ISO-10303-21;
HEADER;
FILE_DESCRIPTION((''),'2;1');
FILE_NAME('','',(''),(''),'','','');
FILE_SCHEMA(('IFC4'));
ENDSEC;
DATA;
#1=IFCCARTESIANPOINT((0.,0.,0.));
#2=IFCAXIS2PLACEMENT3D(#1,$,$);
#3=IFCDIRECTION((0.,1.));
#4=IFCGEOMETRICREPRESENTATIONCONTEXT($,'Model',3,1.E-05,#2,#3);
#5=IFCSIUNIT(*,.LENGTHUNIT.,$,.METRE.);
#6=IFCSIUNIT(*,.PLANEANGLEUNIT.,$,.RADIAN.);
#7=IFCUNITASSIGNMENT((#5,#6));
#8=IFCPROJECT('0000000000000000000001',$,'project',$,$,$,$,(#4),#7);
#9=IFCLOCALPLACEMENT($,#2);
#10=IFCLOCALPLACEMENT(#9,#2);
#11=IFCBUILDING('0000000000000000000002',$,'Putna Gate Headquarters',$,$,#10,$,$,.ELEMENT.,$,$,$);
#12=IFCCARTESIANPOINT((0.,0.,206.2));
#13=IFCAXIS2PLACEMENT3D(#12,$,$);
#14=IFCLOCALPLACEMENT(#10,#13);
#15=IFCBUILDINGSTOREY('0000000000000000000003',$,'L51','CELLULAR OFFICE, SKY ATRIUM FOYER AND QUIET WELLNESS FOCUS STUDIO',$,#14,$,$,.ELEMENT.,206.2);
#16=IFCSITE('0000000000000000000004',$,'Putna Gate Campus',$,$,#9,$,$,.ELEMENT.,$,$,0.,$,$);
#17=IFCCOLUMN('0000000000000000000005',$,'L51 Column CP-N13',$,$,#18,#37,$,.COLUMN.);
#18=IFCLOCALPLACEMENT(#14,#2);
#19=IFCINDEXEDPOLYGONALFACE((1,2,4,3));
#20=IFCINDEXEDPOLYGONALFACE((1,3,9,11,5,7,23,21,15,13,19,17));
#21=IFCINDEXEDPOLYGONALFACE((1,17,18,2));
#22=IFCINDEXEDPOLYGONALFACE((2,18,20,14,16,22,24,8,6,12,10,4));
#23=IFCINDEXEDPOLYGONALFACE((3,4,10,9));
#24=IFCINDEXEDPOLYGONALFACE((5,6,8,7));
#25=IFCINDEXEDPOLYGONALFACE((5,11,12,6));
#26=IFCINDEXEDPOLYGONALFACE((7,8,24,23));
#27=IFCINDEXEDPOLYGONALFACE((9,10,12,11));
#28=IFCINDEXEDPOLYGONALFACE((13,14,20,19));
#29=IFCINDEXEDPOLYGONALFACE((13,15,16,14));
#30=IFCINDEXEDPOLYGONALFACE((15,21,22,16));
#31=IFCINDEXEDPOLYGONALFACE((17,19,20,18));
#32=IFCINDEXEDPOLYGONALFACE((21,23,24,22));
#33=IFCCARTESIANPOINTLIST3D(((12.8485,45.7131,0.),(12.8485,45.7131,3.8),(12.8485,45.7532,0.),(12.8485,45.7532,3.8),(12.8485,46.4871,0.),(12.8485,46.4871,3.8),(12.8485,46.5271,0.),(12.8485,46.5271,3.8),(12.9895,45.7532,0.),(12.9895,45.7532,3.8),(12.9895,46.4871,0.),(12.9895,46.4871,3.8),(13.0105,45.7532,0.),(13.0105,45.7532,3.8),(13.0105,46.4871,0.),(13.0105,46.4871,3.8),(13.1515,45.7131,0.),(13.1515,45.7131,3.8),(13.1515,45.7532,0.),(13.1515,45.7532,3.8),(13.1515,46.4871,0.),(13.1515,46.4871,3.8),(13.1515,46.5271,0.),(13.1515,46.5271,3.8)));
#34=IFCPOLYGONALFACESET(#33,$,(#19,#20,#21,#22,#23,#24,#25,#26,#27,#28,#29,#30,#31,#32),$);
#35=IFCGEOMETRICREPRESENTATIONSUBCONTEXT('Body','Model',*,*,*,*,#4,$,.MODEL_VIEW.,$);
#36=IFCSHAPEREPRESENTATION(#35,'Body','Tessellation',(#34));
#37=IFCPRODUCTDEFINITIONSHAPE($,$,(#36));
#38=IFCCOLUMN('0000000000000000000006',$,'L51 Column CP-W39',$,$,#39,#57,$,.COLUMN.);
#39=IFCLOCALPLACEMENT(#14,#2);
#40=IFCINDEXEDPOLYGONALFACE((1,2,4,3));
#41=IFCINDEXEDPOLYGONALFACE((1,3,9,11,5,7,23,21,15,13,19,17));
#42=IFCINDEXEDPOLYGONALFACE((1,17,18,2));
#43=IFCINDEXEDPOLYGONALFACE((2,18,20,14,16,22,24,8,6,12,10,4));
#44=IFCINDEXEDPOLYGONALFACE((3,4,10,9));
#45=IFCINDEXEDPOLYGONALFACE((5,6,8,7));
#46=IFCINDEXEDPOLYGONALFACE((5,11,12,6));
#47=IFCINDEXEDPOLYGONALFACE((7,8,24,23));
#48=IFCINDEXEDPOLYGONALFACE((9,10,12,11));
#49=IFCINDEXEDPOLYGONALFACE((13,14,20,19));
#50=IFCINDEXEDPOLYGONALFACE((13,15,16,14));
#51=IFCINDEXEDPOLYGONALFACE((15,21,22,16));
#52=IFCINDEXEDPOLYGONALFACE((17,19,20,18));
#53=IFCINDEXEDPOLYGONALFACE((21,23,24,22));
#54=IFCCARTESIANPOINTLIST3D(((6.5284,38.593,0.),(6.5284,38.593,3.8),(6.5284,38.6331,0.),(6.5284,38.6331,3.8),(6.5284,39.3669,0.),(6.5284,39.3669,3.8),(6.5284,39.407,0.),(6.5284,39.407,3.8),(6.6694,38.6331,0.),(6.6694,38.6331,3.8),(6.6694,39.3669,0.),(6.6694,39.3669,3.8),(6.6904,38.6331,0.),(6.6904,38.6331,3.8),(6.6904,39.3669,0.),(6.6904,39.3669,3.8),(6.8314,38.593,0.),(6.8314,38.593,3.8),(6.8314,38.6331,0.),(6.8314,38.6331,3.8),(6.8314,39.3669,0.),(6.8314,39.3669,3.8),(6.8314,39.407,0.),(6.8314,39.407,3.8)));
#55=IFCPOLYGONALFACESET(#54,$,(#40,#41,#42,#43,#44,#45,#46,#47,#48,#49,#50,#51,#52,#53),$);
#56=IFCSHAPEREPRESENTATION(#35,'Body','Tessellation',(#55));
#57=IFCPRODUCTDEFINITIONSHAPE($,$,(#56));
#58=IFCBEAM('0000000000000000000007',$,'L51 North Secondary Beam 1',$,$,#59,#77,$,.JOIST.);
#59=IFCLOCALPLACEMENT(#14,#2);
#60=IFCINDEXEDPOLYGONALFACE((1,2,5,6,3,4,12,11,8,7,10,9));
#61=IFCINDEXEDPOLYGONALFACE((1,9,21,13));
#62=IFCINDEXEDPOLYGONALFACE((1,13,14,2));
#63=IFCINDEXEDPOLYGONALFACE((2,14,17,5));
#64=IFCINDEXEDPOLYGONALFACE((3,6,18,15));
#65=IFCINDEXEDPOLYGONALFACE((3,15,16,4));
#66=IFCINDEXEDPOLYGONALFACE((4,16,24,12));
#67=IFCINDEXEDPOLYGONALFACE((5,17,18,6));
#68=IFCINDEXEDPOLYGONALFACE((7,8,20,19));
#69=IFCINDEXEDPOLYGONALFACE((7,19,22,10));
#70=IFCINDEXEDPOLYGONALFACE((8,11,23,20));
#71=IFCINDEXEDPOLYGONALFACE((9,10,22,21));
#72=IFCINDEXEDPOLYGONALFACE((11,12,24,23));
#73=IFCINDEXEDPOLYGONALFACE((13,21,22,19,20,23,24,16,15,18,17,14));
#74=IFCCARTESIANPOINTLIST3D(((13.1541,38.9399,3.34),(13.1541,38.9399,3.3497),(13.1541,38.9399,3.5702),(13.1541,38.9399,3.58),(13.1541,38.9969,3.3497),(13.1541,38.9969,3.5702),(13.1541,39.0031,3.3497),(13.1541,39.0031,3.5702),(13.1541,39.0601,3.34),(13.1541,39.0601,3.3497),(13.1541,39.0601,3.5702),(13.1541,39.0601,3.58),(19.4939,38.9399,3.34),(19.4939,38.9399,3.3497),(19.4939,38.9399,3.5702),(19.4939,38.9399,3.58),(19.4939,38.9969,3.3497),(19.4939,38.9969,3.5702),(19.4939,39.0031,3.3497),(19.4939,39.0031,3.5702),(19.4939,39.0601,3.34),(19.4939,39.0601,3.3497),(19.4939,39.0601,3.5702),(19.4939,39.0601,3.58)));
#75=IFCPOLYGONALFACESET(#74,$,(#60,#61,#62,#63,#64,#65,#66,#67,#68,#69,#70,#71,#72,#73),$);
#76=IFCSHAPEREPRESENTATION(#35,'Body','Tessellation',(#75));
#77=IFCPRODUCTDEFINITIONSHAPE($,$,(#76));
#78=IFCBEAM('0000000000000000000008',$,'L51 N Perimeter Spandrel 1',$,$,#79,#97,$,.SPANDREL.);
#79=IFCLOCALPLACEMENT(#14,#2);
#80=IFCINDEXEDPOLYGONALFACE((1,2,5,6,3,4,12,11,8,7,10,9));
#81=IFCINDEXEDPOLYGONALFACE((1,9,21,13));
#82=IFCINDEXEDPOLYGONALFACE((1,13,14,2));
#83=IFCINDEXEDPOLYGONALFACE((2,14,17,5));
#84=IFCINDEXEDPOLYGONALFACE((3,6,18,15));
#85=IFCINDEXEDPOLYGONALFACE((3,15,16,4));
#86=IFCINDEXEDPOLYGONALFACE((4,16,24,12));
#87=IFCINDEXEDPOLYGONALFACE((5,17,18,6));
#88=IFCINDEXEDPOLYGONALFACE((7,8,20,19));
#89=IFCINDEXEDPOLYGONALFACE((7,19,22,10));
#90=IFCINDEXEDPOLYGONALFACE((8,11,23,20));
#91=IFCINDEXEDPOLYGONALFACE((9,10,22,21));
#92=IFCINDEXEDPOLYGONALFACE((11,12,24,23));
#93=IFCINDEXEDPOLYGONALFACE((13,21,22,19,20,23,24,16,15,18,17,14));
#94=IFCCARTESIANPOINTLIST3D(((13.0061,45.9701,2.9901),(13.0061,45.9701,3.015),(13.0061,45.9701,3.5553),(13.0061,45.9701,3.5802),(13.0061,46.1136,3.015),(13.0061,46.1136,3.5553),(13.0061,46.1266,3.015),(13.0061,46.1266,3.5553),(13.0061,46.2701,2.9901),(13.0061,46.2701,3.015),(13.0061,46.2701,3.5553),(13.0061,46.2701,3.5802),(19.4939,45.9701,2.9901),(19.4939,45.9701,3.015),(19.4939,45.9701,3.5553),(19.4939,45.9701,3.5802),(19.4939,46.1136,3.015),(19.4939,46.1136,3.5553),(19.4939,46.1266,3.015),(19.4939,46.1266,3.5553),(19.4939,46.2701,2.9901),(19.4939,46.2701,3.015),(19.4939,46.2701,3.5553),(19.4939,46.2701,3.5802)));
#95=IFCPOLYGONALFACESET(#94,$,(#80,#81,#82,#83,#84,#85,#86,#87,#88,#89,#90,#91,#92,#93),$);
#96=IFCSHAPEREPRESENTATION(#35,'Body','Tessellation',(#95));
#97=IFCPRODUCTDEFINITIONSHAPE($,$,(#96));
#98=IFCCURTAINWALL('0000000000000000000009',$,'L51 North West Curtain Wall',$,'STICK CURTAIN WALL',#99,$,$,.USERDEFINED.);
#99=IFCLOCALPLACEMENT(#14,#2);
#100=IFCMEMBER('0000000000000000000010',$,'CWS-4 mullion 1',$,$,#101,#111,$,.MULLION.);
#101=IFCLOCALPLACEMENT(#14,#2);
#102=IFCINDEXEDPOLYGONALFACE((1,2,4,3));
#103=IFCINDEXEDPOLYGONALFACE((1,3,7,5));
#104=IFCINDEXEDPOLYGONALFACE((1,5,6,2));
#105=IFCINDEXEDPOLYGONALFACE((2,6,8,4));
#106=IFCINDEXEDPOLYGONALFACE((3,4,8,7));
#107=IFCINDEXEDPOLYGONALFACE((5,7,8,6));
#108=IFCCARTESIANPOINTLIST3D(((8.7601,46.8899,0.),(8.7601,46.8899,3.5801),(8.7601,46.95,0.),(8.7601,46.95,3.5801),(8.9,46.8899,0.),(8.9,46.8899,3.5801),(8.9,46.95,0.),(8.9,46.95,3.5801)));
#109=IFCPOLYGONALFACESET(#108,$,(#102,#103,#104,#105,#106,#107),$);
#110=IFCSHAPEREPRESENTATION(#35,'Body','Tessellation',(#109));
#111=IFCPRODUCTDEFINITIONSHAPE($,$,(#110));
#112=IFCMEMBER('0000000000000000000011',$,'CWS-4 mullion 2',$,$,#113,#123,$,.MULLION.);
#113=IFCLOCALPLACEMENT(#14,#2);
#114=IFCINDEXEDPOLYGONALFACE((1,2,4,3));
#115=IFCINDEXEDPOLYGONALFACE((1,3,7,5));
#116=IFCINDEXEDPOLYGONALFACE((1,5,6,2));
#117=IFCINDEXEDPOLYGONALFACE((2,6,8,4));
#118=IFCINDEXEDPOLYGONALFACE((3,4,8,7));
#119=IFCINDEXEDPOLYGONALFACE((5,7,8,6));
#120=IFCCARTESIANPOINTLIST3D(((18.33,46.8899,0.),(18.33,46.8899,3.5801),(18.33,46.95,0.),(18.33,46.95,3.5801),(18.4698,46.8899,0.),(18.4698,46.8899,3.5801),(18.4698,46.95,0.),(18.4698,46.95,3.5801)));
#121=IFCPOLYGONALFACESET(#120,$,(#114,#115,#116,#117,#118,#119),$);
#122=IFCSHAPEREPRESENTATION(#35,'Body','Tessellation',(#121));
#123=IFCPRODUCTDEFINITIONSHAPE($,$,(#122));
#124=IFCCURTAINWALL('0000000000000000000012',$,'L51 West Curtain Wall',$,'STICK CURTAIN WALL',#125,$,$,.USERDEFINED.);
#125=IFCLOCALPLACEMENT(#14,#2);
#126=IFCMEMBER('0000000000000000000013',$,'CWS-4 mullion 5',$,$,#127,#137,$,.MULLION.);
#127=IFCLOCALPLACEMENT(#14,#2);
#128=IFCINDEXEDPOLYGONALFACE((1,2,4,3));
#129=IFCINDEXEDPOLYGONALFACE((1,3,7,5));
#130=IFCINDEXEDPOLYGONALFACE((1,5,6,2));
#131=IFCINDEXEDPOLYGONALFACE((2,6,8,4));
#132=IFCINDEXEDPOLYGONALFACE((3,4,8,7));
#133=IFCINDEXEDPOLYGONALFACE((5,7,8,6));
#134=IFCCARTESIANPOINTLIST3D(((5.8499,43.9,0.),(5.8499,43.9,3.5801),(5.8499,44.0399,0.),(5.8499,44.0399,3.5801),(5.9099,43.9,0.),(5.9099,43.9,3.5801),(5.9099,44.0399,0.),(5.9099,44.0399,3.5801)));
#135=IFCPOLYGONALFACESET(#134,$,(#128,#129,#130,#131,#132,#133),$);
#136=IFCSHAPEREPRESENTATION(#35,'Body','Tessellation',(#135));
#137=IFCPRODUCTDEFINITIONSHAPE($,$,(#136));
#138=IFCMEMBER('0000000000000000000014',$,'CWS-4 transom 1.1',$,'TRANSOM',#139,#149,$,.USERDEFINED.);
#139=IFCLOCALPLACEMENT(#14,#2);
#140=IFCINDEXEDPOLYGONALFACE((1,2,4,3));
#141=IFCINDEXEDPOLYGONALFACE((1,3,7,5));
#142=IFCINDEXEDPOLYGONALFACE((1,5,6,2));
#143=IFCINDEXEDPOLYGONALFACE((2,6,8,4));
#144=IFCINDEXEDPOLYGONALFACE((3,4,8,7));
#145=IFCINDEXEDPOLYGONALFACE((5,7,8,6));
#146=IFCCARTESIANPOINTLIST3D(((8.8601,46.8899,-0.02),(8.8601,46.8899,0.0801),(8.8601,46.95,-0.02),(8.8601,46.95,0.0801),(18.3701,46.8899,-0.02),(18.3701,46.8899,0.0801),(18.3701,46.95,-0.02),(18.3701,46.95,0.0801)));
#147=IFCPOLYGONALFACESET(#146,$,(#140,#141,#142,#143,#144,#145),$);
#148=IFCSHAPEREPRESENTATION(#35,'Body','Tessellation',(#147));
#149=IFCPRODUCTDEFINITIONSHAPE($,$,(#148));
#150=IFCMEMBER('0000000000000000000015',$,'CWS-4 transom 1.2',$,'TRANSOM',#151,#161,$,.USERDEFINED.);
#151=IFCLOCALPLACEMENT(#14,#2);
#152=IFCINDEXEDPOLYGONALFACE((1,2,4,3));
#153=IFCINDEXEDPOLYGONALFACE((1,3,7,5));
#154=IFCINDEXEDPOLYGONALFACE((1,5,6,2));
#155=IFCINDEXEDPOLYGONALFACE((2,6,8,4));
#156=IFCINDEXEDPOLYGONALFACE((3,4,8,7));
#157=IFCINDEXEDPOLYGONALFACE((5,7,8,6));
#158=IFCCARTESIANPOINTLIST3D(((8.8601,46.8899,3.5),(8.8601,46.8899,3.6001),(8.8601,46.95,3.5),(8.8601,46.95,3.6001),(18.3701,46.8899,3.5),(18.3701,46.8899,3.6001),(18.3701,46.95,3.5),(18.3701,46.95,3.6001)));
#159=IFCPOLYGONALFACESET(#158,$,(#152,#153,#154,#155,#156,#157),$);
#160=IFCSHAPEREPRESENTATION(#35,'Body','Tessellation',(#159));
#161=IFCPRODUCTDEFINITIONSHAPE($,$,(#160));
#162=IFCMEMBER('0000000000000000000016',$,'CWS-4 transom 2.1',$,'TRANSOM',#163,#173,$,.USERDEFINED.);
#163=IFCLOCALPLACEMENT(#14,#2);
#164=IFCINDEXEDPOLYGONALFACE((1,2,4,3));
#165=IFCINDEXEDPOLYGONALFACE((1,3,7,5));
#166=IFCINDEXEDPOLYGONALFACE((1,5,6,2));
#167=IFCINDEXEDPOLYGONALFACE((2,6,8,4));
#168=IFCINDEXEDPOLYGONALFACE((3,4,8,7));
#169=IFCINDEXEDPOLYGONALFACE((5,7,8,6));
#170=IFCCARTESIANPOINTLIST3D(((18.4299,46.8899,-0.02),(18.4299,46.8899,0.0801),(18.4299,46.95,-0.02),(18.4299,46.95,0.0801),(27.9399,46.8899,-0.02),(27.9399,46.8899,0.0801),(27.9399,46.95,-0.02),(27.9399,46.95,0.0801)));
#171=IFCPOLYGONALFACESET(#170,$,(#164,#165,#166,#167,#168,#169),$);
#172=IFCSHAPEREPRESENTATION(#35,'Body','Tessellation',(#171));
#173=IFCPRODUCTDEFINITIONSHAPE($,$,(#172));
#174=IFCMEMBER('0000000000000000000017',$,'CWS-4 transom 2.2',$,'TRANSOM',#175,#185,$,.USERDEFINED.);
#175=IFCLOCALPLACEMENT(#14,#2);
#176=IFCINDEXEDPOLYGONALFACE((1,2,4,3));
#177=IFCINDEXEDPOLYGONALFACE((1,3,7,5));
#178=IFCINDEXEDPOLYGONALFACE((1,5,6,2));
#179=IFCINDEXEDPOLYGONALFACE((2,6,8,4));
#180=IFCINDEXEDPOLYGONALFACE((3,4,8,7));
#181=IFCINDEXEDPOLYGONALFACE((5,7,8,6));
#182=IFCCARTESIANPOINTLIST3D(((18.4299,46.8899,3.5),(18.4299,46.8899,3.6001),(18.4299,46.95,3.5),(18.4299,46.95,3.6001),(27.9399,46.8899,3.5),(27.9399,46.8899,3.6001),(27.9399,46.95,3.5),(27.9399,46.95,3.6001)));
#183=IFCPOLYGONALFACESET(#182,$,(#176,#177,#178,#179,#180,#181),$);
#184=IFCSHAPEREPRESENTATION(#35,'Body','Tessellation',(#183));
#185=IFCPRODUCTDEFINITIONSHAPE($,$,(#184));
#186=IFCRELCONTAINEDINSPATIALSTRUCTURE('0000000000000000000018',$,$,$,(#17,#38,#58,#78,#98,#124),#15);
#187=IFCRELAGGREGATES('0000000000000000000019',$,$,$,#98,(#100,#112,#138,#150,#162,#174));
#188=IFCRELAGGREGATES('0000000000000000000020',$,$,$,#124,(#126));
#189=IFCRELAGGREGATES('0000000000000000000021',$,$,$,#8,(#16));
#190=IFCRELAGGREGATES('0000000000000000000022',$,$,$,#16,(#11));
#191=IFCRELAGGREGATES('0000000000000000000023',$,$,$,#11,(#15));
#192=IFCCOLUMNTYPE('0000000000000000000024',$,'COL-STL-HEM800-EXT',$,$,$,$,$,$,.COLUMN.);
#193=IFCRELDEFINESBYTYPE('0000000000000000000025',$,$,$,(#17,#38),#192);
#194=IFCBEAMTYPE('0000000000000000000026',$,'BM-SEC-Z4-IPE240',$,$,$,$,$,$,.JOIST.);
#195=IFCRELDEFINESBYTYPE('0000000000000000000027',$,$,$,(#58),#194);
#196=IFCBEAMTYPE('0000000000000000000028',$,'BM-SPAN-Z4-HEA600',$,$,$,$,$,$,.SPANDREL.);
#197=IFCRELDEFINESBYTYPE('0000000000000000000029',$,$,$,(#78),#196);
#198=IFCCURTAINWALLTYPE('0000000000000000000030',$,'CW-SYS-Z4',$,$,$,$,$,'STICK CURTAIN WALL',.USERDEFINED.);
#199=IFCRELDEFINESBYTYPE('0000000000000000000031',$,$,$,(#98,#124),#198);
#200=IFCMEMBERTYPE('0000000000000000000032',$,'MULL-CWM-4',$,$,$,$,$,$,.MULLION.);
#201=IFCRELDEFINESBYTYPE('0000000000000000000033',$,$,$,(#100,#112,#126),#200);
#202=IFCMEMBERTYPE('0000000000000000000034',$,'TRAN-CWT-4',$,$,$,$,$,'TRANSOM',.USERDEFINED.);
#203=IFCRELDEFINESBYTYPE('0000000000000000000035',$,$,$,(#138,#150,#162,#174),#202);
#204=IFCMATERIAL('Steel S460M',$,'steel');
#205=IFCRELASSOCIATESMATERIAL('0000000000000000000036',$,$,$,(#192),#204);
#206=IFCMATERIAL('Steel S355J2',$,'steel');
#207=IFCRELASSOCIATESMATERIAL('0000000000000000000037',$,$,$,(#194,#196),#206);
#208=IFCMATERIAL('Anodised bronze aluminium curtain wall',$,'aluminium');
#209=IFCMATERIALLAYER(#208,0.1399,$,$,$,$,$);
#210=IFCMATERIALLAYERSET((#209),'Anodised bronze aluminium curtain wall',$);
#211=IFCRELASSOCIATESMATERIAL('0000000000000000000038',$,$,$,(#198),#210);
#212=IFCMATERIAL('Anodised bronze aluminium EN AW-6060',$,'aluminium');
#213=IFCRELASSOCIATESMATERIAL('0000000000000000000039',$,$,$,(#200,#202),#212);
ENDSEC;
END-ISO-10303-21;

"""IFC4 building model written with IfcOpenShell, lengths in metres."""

from ifc_helpers import new_model, si_unit, direction, frame, origin, origin_2d, place, context, subcontext, project, spatial, rectangle, i_section, extrude, material, layer, layer_set, material_profile, profile_set, type_object, element, aggregate, save


model = new_model("IFC4")

# Units and contexts
model_context = context("Model", 3, precision=1e-05, world=origin(), true_north=direction((0.0, 1.0)))
body_context = subcontext(model_context, "Body", "Model", "MODEL_VIEW")
ifc_project = project(units=[si_unit("LENGTHUNIT", "METRE"), si_unit("PLANEANGLEUNIT", "RADIAN")], contexts=[model_context])

# Site, building, storey
site_placement = place(None, origin())
site = spatial("IfcSite", under=ifc_project, at=site_placement, Name="Putna Gate Campus", CompositionType="ELEMENT", RefElevation=0.0)
building_placement = place(site_placement, origin())
building = spatial("IfcBuilding", under=site, at=building_placement, Name="Putna Gate Headquarters", CompositionType="ELEMENT")
storey_placement = place(building_placement, frame((0.0, 0.0, 206.2)))
storey = spatial("IfcBuildingStorey", under=building, at=storey_placement, Name="L51", Description="CELLULAR OFFICE, SKY ATRIUM FOYER AND QUIET WELLNESS FOCUS STUDIO", CompositionType="ELEMENT", Elevation=206.2)

# Columns
ifc_material_1 = material(Name="Steel S460M", Category="steel")
ifc_material_profile_1 = material_profile(ifc_material_1, i_section(OverallWidth=0.303, OverallDepth=0.814, WebThickness=0.021, FlangeThickness=0.04, at=origin_2d()), Name="Steel S460M")
ifc_profile_set_1 = profile_set([ifc_material_profile_1], Name="Steel S460M")
column_type = type_object("IfcColumnType", Name="COL-STL-HEM800-EXT", PredefinedType="COLUMN", material=ifc_profile_set_1)
for number, where, z_axis, x_axis, name in (
    (1, (13.0, 46.1201, 0.0), (0.0, 0.0, 1.0), (1.0, 0.0, 0.0), "L51 Column CP-N13"),
    (2, (6.6799, 39.0, 0.0), (0.0, 0.0, 1.0), (1.0, 0.0, 0.0), "L51 Column CP-W39"),
):
    element("IfcColumn", number, at=place(storey_placement, frame(where, z_axis=z_axis, x_axis=x_axis)), inside=storey, type_object=column_type, Name=name, PredefinedType="COLUMN", context=body_context, shape_type="SweptSolid", body=[
        extrude(i_section(OverallWidth=0.303, OverallDepth=0.814, WebThickness=0.021, FlangeThickness=0.04, at=origin_2d()), origin(), (0.0, 0.0, 1.0), 3.8),
    ])

# Beams
ifc_material_2 = material(Name="Steel S355J2", Category="steel")
ifc_material_profile_2 = material_profile(ifc_material_2, i_section(OverallWidth=0.1201, OverallDepth=0.24, WebThickness=0.0061, FlangeThickness=0.0098, at=origin_2d()), Name="Steel S355J2")
ifc_profile_set_2 = profile_set([ifc_material_profile_2], Name="Steel S355J2")
beam_type_1 = type_object("IfcBeamType", Name="BM-SEC-Z4-IPE240", PredefinedType="JOIST", material=ifc_profile_set_2)
beam_1_placement = place(storey_placement, frame((13.1541, 39.0, 3.46), z_axis=(1.0, 0.0, 0.0), x_axis=(0.0, 1.0, 0.0)))
element("IfcBeam", 3, at=beam_1_placement, inside=storey, type_object=beam_type_1, Name="L51 North Secondary Beam 1", PredefinedType="JOIST", context=body_context, shape_type="SweptSolid", body=[
    extrude(i_section(OverallWidth=0.1201, OverallDepth=0.24, WebThickness=0.0061, FlangeThickness=0.0098, at=origin_2d()), origin(), (0.0, 0.0, 1.0), 6.3398),
])
ifc_material_profile_3 = material_profile(ifc_material_2, i_section(OverallWidth=0.3, OverallDepth=0.5901, WebThickness=0.0129, FlangeThickness=0.0249, at=origin_2d()), Name="Steel S355J2")
ifc_profile_set_3 = profile_set([ifc_material_profile_3], Name="Steel S355J2")
beam_type_2 = type_object("IfcBeamType", Name="BM-SPAN-Z4-HEA600", PredefinedType="SPANDREL", material=ifc_profile_set_3)
beam_2_placement = place(storey_placement, frame((13.0061, 46.1201, 3.2852), z_axis=(1.0, 0.0, 0.0), x_axis=(0.0, 1.0, 0.0)))
element("IfcBeam", 4, at=beam_2_placement, inside=storey, type_object=beam_type_2, Name="L51 N Perimeter Spandrel 1", PredefinedType="SPANDREL", context=body_context, shape_type="SweptSolid", body=[
    extrude(i_section(OverallWidth=0.3, OverallDepth=0.5901, WebThickness=0.0129, FlangeThickness=0.0249, at=origin_2d()), origin(), (0.0, 0.0, 1.0), 6.4878),
])

# Curtain wall, members
ifc_material_3 = material(Name="Anodised bronze aluminium curtain wall", Category="aluminium")
ifc_layer_1 = layer(ifc_material_3, 0.1399)
ifc_layer_set_1 = layer_set([ifc_layer_1], Name="Anodised bronze aluminium curtain wall")
curtain_wall_type = type_object("IfcCurtainWallType", Name="CW-SYS-Z4", ElementType="STICK CURTAIN WALL", PredefinedType="USERDEFINED", material=ifc_layer_set_1)
curtain_wall_1_placement = place(storey_placement, origin())
curtain_wall_1 = element("IfcCurtainWall", 5, at=curtain_wall_1_placement, inside=storey, type_object=curtain_wall_type, Name="L51 North West Curtain Wall", ObjectType="STICK CURTAIN WALL", PredefinedType="USERDEFINED")
ifc_material_4 = material(Name="Anodised bronze aluminium EN AW-6060", Category="aluminium")
ifc_material_profile_4 = material_profile(ifc_material_4, rectangle(XDim=0.0601, YDim=0.1399, at=origin_2d()), Name="Anodised bronze aluminium EN AW-6060")
ifc_profile_set_4 = profile_set([ifc_material_profile_4], Name="Anodised bronze aluminium EN AW-6060")
member_type_1 = type_object("IfcMemberType", Name="MULL-CWM-4", PredefinedType="MULLION", material=ifc_profile_set_4)
member_1_placement = place(storey_placement, frame((8.8301, 46.9199, 0.0), z_axis=(0.0, 0.0, 1.0), x_axis=(0.0, 1.0, 0.0)))
member_1 = element("IfcMember", 6, at=member_1_placement, type_object=member_type_1, Name="CWS-4 mullion 1", PredefinedType="MULLION", context=body_context, shape_type="SweptSolid", body=[
    extrude(rectangle(XDim=0.0601, YDim=0.1399, at=origin_2d()), origin(), (0.0, 0.0, 1.0), 3.5801),
])
member_2_placement = place(storey_placement, frame((18.3999, 46.9199, 0.0), z_axis=(0.0, 0.0, 1.0), x_axis=(0.0, 1.0, 0.0)))
member_2 = element("IfcMember", 7, at=member_2_placement, type_object=member_type_1, Name="CWS-4 mullion 2", PredefinedType="MULLION", context=body_context, shape_type="SweptSolid", body=[
    extrude(rectangle(XDim=0.0601, YDim=0.1399, at=origin_2d()), origin(), (0.0, 0.0, 1.0), 3.5801),
])

# Curtain wall, member
curtain_wall_2_placement = place(storey_placement, origin())
curtain_wall_2 = element("IfcCurtainWall", 8, at=curtain_wall_2_placement, inside=storey, type_object=curtain_wall_type, Name="L51 West Curtain Wall", ObjectType="STICK CURTAIN WALL", PredefinedType="USERDEFINED")
member_3_placement = place(storey_placement, frame((5.8799, 43.97, 0.0), z_axis=(0.0, 0.0, 1.0), x_axis=(-1.0, 0.0, 0.0)))
member_3 = element("IfcMember", 9, at=member_3_placement, type_object=member_type_1, Name="CWS-4 mullion 5", PredefinedType="MULLION", context=body_context, shape_type="SweptSolid", body=[
    extrude(rectangle(XDim=0.0601, YDim=0.1399, at=origin_2d()), origin(), (0.0, 0.0, 1.0), 3.5801),
])

# Members
ifc_material_profile_5 = material_profile(ifc_material_4, rectangle(XDim=0.0601, YDim=0.1001, at=origin_2d()), Name="Anodised bronze aluminium EN AW-6060")
ifc_profile_set_5 = profile_set([ifc_material_profile_5], Name="Anodised bronze aluminium EN AW-6060")
member_type_2 = type_object("IfcMemberType", Name="TRAN-CWT-4", ElementType="TRANSOM", PredefinedType="USERDEFINED", material=ifc_profile_set_5)
member_4_placement = place(storey_placement, frame((8.8601, 46.9199, 0.03), z_axis=(1.0, 0.0, 0.0), x_axis=(0.0, 1.0, 0.0)))
member_4 = element("IfcMember", 10, at=member_4_placement, type_object=member_type_2, Name="CWS-4 transom 1.1", ObjectType="TRANSOM", PredefinedType="USERDEFINED", context=body_context, shape_type="SweptSolid", body=[
    extrude(rectangle(XDim=0.0601, YDim=0.1001, at=origin_2d()), origin(), (0.0, 0.0, 1.0), 9.51),
])
member_5_placement = place(storey_placement, frame((8.8601, 46.9199, 3.55), z_axis=(1.0, 0.0, 0.0), x_axis=(0.0, 1.0, 0.0)))
member_5 = element("IfcMember", 11, at=member_5_placement, type_object=member_type_2, Name="CWS-4 transom 1.2", ObjectType="TRANSOM", PredefinedType="USERDEFINED", context=body_context, shape_type="SweptSolid", body=[
    extrude(rectangle(XDim=0.0601, YDim=0.1001, at=origin_2d()), origin(), (0.0, 0.0, 1.0), 9.51),
])
member_6_placement = place(storey_placement, frame((18.4299, 46.9199, 0.03), z_axis=(1.0, 0.0, 0.0), x_axis=(0.0, 1.0, 0.0)))
member_6 = element("IfcMember", 12, at=member_6_placement, type_object=member_type_2, Name="CWS-4 transom 2.1", ObjectType="TRANSOM", PredefinedType="USERDEFINED", context=body_context, shape_type="SweptSolid", body=[
    extrude(rectangle(XDim=0.0601, YDim=0.1001, at=origin_2d()), origin(), (0.0, 0.0, 1.0), 9.51),
])
member_7_placement = place(storey_placement, frame((18.4299, 46.9199, 3.55), z_axis=(1.0, 0.0, 0.0), x_axis=(0.0, 1.0, 0.0)))
member_7 = element("IfcMember", 13, at=member_7_placement, type_object=member_type_2, Name="CWS-4 transom 2.2", ObjectType="TRANSOM", PredefinedType="USERDEFINED", context=body_context, shape_type="SweptSolid", body=[
    extrude(rectangle(XDim=0.0601, YDim=0.1001, at=origin_2d()), origin(), (0.0, 0.0, 1.0), 9.51),
])

aggregate(curtain_wall_1, [member_1, member_2, member_4, member_5, member_6, member_7])
aggregate(curtain_wall_2, [member_3])

save(model, "model.ifc")
